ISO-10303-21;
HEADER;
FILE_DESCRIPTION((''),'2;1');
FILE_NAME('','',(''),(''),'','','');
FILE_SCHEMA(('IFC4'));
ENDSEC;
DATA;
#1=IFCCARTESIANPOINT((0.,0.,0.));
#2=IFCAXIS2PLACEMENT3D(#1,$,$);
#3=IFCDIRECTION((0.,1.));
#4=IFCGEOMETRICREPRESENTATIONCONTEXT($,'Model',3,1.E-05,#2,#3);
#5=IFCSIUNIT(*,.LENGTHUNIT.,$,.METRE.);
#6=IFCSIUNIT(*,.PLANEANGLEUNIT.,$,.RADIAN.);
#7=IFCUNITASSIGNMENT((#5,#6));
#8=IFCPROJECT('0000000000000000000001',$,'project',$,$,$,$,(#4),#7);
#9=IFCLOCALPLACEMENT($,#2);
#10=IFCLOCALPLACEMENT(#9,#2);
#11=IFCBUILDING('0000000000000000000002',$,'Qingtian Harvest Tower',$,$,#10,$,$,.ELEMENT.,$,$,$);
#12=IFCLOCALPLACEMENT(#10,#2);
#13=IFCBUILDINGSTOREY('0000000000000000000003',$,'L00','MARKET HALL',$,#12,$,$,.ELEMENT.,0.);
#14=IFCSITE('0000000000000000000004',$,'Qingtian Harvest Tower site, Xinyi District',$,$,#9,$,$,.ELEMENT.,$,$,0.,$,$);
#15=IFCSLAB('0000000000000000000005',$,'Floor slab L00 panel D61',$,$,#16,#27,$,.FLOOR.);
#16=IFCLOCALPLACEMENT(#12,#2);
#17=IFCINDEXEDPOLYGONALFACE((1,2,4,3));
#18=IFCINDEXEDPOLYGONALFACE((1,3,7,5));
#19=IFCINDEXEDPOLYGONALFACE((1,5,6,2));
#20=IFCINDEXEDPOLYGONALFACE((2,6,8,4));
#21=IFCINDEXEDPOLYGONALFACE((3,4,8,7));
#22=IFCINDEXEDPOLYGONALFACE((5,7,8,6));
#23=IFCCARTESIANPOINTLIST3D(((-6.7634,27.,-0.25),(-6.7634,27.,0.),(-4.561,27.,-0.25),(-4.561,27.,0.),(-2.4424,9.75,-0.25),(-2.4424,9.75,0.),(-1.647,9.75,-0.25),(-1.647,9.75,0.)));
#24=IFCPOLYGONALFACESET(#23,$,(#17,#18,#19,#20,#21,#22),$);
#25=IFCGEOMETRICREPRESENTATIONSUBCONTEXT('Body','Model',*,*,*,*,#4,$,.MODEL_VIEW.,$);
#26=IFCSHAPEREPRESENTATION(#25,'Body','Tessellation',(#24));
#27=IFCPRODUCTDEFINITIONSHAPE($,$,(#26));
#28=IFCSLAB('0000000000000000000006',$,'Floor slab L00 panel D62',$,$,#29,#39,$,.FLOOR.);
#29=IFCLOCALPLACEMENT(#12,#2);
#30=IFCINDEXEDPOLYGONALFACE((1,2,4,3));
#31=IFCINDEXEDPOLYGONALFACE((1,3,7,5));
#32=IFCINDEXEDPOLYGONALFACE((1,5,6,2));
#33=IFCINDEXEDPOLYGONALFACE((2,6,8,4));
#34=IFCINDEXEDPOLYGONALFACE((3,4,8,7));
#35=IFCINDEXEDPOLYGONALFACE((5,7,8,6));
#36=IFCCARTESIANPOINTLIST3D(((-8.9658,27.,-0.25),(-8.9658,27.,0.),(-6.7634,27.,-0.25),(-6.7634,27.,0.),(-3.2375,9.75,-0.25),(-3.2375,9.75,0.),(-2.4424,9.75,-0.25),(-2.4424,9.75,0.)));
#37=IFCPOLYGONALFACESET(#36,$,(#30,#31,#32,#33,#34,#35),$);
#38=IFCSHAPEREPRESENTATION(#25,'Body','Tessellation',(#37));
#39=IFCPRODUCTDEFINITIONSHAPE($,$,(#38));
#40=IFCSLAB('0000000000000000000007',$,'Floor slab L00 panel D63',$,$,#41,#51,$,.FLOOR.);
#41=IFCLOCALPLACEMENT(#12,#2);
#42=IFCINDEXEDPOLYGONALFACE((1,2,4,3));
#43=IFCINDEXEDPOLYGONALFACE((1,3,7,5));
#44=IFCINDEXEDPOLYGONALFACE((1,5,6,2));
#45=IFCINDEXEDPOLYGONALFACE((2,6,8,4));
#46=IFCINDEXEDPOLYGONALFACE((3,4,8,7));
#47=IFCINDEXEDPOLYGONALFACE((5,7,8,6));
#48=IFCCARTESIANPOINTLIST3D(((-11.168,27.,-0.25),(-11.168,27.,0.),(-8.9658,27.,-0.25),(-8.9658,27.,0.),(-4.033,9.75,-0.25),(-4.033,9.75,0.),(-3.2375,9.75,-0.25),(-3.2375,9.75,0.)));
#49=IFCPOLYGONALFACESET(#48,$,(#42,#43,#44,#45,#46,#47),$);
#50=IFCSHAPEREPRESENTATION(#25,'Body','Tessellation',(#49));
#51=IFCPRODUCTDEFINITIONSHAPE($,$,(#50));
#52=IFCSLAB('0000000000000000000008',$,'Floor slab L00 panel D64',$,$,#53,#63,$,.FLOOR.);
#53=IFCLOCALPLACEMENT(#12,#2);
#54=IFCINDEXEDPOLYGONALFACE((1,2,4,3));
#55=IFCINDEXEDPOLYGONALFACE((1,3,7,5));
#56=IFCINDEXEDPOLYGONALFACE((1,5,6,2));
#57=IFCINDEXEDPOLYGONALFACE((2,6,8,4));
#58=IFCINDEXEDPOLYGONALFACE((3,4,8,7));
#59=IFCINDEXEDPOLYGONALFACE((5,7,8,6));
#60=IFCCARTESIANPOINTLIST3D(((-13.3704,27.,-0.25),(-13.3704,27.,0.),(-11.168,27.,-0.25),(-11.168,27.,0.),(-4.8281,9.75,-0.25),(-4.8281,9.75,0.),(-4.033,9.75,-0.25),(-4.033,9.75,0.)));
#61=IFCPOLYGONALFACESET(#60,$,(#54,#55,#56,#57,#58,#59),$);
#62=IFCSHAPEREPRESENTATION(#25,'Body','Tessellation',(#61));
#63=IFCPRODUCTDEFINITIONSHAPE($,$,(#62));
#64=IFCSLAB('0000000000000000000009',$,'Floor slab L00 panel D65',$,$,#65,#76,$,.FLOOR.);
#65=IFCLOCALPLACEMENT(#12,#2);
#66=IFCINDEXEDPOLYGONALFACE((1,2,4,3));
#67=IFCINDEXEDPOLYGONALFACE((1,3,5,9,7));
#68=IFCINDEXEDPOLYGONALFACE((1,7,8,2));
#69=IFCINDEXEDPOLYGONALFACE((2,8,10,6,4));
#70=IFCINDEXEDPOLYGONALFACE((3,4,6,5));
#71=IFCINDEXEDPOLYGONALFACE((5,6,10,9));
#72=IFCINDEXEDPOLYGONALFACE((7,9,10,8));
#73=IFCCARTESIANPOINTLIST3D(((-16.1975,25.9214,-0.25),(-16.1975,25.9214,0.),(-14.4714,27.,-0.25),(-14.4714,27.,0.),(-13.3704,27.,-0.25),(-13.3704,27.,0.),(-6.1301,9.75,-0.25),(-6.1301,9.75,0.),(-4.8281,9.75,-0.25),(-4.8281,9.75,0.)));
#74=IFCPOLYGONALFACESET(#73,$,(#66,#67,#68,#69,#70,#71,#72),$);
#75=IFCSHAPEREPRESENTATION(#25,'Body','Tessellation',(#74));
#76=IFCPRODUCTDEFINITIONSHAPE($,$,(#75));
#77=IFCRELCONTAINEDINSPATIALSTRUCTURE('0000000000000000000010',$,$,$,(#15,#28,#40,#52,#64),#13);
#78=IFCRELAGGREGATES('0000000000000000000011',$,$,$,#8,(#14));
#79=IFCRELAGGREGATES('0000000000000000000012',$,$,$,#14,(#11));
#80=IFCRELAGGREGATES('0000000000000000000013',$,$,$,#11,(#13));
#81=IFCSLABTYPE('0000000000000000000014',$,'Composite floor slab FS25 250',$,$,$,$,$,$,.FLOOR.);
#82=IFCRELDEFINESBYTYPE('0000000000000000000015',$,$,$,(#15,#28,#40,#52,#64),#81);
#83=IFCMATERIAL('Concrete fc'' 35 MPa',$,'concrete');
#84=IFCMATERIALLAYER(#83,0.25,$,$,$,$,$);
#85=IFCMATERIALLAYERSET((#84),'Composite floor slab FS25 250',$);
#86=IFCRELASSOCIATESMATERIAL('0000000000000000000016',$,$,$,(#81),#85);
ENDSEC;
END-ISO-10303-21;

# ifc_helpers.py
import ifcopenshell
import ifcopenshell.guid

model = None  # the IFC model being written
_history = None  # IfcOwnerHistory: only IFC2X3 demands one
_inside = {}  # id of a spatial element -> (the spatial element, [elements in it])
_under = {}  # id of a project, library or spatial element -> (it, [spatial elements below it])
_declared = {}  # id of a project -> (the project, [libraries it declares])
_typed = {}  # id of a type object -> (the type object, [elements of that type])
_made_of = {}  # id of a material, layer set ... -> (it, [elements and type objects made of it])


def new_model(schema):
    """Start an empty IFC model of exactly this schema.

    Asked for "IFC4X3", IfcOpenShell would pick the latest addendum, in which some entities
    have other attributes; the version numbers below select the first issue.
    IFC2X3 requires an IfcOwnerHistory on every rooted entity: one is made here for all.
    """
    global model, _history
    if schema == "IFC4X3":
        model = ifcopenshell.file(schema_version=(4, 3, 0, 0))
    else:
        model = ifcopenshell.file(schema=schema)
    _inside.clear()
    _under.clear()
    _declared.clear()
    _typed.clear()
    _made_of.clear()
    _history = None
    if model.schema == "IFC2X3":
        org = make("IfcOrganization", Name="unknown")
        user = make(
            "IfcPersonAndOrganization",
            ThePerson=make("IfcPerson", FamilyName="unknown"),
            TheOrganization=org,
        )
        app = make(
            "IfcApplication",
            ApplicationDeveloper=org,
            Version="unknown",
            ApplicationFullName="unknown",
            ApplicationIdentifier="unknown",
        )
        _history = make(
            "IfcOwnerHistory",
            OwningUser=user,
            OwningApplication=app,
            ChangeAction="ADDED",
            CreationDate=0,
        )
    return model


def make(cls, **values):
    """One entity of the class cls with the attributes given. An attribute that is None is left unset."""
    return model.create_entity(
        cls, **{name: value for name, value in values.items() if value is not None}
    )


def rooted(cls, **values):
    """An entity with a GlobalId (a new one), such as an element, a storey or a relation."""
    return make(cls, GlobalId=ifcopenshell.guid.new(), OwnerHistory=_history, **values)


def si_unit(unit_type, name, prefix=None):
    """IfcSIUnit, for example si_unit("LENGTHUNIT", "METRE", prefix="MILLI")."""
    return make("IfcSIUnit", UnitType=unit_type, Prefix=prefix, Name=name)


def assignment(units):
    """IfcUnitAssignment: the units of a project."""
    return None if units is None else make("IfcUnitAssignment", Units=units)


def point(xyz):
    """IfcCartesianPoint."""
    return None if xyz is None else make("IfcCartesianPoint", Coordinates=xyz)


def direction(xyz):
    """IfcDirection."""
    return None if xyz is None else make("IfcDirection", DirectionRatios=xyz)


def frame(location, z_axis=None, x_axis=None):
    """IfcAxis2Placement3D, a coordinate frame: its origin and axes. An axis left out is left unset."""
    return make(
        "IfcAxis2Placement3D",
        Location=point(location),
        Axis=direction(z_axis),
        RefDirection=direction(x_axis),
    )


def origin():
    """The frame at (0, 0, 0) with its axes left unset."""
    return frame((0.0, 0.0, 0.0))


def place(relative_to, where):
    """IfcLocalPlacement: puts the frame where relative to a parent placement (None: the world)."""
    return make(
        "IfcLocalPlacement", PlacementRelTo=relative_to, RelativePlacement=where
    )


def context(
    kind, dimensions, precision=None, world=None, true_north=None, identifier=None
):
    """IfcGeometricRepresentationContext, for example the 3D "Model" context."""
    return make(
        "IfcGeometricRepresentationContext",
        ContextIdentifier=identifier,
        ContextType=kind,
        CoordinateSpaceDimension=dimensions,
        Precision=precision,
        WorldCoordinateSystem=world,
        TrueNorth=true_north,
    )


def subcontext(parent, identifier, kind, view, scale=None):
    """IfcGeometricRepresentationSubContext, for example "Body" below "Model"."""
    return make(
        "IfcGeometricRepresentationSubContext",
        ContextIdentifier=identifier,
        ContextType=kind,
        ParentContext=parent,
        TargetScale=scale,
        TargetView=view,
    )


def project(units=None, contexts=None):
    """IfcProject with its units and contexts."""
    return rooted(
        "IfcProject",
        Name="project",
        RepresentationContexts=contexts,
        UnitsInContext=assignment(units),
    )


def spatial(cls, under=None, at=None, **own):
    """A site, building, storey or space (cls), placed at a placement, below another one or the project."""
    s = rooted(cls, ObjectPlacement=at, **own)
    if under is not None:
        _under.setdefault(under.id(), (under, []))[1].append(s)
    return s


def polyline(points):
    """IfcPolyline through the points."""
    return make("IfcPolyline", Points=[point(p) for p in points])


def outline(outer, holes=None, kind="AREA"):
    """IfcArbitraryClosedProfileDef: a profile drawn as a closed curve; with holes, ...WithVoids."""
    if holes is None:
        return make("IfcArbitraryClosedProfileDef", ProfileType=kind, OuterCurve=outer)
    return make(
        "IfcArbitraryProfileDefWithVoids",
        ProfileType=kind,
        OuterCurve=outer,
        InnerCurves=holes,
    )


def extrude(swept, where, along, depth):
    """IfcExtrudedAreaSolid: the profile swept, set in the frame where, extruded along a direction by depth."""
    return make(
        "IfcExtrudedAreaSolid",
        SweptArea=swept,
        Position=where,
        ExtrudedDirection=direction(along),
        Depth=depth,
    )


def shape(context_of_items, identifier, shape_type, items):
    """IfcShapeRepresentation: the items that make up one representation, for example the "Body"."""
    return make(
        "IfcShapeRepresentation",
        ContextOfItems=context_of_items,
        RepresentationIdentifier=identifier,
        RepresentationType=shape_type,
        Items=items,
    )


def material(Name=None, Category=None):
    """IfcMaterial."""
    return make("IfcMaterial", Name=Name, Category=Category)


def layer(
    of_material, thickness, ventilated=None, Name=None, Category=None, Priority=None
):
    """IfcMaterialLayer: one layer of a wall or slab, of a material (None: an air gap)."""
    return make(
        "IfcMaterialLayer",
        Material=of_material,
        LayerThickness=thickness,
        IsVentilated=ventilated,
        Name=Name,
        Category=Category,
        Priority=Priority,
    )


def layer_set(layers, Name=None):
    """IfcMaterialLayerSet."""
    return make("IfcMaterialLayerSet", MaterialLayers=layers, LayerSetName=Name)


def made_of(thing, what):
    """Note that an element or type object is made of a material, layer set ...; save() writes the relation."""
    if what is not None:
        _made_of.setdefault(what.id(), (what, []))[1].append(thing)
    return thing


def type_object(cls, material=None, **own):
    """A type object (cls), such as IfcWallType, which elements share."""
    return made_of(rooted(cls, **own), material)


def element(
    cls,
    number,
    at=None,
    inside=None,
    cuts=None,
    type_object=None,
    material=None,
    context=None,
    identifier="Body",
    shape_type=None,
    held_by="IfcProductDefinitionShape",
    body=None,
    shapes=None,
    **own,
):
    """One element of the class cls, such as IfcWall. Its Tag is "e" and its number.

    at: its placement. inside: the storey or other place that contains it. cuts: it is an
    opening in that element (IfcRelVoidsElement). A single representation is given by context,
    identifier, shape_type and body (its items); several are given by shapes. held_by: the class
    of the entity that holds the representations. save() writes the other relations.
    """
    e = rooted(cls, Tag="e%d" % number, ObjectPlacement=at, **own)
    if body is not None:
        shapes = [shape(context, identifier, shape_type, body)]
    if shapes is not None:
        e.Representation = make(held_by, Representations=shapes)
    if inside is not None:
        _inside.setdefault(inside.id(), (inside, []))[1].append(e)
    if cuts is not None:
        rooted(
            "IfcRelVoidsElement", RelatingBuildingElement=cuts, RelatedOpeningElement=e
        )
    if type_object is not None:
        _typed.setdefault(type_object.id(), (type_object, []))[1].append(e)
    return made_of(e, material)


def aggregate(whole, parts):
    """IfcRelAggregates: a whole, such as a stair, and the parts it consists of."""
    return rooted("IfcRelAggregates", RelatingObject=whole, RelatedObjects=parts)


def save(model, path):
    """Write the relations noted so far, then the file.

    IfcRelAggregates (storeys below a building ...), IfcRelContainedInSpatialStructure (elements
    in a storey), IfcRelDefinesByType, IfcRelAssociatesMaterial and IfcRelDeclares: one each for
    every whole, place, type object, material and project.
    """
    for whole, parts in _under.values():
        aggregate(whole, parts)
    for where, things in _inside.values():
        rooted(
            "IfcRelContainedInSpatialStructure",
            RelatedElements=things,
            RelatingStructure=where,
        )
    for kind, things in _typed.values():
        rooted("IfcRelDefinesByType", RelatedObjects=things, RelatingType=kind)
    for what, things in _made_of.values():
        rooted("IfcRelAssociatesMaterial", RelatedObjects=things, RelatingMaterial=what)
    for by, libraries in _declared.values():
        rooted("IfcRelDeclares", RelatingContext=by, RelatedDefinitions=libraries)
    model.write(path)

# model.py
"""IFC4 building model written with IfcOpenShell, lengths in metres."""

from ifc_helpers import new_model, si_unit, direction, frame, origin, place, context, subcontext, project, spatial, polyline, outline, extrude, material, layer, layer_set, type_object, element, save


model = new_model("IFC4")

# Units and contexts
model_context = context("Model", 3, precision=1e-05, world=origin(), true_north=direction((0.0, 1.0)))
body_context = subcontext(model_context, "Body", "Model", "MODEL_VIEW")
ifc_project = project(units=[si_unit("LENGTHUNIT", "METRE"), si_unit("PLANEANGLEUNIT", "RADIAN")], contexts=[model_context])

# Site, building, storey
site_placement = place(None, origin())
site = spatial("IfcSite", under=ifc_project, at=site_placement, Name="Qingtian Harvest Tower site, Xinyi District", CompositionType="ELEMENT", RefElevation=0.0)
building_placement = place(site_placement, origin())
building = spatial("IfcBuilding", under=site, at=building_placement, Name="Qingtian Harvest Tower", CompositionType="ELEMENT")
storey_placement = place(building_placement, origin())
storey = spatial("IfcBuildingStorey", under=building, at=storey_placement, Name="L00", Description="MARKET HALL", CompositionType="ELEMENT", Elevation=0.0)

# Slabs
ifc_material = material(Name="Concrete fc' 35 MPa", Category="concrete")
ifc_layer = layer(ifc_material, 0.25)
ifc_layer_set = layer_set([ifc_layer], Name="Composite floor slab FS25 250")
slab_type = type_object("IfcSlabType", Name="Composite floor slab FS25 250", PredefinedType="FLOOR", material=ifc_layer_set)
slab_1_placement = place(storey_placement, frame((0.0, 0.0, -0.25)))
element("IfcSlab", 1, at=slab_1_placement, inside=storey, type_object=slab_type, Name="Floor slab L00 panel D61", PredefinedType="FLOOR", context=body_context, shape_type="SweptSolid", body=[
    extrude(outline(polyline([(-2.4424, 9.75), (-6.7634, 27.0), (-4.561, 27.0), (-1.647, 9.75), (-2.4424, 9.75)])), origin(), (0.0, 0.0, 1.0), 0.25),
])
slab_2_placement = place(storey_placement, frame((0.0, 0.0, -0.25)))
element("IfcSlab", 2, at=slab_2_placement, inside=storey, type_object=slab_type, Name="Floor slab L00 panel D62", PredefinedType="FLOOR", context=body_context, shape_type="SweptSolid", body=[
    extrude(outline(polyline([(-3.2375, 9.75), (-8.9658, 27.0), (-6.7634, 27.0), (-2.4424, 9.75), (-3.2375, 9.75)])), origin(), (0.0, 0.0, 1.0), 0.25),
])
slab_3_placement = place(storey_placement, frame((0.0, 0.0, -0.25)))
element("IfcSlab", 3, at=slab_3_placement, inside=storey, type_object=slab_type, Name="Floor slab L00 panel D63", PredefinedType="FLOOR", context=body_context, shape_type="SweptSolid", body=[
    extrude(outline(polyline([(-4.033, 9.75), (-11.168, 27.0), (-8.9658, 27.0), (-3.2375, 9.75), (-4.033, 9.75)])), origin(), (0.0, 0.0, 1.0), 0.25),
])
slab_4_placement = place(storey_placement, frame((0.0, 0.0, -0.25)))
element("IfcSlab", 4, at=slab_4_placement, inside=storey, type_object=slab_type, Name="Floor slab L00 panel D64", PredefinedType="FLOOR", context=body_context, shape_type="SweptSolid", body=[
    extrude(outline(polyline([(-4.8281, 9.75), (-13.3704, 27.0), (-11.168, 27.0), (-4.033, 9.75), (-4.8281, 9.75)])), origin(), (0.0, 0.0, 1.0), 0.25),
])
slab_5_placement = place(storey_placement, frame((0.0, 0.0, -0.25)))
element("IfcSlab", 5, at=slab_5_placement, inside=storey, type_object=slab_type, Name="Floor slab L00 panel D65", PredefinedType="FLOOR", context=body_context, shape_type="SweptSolid", body=[
    extrude(outline(polyline([(-4.8281, 9.75), (-6.1301, 9.75), (-16.1975, 25.9214), (-14.4714, 27.0), (-13.3704, 27.0), (-4.8281, 9.75)])), origin(), (0.0, 0.0, 1.0), 0.25),
])

save(model, "model.ifc")
